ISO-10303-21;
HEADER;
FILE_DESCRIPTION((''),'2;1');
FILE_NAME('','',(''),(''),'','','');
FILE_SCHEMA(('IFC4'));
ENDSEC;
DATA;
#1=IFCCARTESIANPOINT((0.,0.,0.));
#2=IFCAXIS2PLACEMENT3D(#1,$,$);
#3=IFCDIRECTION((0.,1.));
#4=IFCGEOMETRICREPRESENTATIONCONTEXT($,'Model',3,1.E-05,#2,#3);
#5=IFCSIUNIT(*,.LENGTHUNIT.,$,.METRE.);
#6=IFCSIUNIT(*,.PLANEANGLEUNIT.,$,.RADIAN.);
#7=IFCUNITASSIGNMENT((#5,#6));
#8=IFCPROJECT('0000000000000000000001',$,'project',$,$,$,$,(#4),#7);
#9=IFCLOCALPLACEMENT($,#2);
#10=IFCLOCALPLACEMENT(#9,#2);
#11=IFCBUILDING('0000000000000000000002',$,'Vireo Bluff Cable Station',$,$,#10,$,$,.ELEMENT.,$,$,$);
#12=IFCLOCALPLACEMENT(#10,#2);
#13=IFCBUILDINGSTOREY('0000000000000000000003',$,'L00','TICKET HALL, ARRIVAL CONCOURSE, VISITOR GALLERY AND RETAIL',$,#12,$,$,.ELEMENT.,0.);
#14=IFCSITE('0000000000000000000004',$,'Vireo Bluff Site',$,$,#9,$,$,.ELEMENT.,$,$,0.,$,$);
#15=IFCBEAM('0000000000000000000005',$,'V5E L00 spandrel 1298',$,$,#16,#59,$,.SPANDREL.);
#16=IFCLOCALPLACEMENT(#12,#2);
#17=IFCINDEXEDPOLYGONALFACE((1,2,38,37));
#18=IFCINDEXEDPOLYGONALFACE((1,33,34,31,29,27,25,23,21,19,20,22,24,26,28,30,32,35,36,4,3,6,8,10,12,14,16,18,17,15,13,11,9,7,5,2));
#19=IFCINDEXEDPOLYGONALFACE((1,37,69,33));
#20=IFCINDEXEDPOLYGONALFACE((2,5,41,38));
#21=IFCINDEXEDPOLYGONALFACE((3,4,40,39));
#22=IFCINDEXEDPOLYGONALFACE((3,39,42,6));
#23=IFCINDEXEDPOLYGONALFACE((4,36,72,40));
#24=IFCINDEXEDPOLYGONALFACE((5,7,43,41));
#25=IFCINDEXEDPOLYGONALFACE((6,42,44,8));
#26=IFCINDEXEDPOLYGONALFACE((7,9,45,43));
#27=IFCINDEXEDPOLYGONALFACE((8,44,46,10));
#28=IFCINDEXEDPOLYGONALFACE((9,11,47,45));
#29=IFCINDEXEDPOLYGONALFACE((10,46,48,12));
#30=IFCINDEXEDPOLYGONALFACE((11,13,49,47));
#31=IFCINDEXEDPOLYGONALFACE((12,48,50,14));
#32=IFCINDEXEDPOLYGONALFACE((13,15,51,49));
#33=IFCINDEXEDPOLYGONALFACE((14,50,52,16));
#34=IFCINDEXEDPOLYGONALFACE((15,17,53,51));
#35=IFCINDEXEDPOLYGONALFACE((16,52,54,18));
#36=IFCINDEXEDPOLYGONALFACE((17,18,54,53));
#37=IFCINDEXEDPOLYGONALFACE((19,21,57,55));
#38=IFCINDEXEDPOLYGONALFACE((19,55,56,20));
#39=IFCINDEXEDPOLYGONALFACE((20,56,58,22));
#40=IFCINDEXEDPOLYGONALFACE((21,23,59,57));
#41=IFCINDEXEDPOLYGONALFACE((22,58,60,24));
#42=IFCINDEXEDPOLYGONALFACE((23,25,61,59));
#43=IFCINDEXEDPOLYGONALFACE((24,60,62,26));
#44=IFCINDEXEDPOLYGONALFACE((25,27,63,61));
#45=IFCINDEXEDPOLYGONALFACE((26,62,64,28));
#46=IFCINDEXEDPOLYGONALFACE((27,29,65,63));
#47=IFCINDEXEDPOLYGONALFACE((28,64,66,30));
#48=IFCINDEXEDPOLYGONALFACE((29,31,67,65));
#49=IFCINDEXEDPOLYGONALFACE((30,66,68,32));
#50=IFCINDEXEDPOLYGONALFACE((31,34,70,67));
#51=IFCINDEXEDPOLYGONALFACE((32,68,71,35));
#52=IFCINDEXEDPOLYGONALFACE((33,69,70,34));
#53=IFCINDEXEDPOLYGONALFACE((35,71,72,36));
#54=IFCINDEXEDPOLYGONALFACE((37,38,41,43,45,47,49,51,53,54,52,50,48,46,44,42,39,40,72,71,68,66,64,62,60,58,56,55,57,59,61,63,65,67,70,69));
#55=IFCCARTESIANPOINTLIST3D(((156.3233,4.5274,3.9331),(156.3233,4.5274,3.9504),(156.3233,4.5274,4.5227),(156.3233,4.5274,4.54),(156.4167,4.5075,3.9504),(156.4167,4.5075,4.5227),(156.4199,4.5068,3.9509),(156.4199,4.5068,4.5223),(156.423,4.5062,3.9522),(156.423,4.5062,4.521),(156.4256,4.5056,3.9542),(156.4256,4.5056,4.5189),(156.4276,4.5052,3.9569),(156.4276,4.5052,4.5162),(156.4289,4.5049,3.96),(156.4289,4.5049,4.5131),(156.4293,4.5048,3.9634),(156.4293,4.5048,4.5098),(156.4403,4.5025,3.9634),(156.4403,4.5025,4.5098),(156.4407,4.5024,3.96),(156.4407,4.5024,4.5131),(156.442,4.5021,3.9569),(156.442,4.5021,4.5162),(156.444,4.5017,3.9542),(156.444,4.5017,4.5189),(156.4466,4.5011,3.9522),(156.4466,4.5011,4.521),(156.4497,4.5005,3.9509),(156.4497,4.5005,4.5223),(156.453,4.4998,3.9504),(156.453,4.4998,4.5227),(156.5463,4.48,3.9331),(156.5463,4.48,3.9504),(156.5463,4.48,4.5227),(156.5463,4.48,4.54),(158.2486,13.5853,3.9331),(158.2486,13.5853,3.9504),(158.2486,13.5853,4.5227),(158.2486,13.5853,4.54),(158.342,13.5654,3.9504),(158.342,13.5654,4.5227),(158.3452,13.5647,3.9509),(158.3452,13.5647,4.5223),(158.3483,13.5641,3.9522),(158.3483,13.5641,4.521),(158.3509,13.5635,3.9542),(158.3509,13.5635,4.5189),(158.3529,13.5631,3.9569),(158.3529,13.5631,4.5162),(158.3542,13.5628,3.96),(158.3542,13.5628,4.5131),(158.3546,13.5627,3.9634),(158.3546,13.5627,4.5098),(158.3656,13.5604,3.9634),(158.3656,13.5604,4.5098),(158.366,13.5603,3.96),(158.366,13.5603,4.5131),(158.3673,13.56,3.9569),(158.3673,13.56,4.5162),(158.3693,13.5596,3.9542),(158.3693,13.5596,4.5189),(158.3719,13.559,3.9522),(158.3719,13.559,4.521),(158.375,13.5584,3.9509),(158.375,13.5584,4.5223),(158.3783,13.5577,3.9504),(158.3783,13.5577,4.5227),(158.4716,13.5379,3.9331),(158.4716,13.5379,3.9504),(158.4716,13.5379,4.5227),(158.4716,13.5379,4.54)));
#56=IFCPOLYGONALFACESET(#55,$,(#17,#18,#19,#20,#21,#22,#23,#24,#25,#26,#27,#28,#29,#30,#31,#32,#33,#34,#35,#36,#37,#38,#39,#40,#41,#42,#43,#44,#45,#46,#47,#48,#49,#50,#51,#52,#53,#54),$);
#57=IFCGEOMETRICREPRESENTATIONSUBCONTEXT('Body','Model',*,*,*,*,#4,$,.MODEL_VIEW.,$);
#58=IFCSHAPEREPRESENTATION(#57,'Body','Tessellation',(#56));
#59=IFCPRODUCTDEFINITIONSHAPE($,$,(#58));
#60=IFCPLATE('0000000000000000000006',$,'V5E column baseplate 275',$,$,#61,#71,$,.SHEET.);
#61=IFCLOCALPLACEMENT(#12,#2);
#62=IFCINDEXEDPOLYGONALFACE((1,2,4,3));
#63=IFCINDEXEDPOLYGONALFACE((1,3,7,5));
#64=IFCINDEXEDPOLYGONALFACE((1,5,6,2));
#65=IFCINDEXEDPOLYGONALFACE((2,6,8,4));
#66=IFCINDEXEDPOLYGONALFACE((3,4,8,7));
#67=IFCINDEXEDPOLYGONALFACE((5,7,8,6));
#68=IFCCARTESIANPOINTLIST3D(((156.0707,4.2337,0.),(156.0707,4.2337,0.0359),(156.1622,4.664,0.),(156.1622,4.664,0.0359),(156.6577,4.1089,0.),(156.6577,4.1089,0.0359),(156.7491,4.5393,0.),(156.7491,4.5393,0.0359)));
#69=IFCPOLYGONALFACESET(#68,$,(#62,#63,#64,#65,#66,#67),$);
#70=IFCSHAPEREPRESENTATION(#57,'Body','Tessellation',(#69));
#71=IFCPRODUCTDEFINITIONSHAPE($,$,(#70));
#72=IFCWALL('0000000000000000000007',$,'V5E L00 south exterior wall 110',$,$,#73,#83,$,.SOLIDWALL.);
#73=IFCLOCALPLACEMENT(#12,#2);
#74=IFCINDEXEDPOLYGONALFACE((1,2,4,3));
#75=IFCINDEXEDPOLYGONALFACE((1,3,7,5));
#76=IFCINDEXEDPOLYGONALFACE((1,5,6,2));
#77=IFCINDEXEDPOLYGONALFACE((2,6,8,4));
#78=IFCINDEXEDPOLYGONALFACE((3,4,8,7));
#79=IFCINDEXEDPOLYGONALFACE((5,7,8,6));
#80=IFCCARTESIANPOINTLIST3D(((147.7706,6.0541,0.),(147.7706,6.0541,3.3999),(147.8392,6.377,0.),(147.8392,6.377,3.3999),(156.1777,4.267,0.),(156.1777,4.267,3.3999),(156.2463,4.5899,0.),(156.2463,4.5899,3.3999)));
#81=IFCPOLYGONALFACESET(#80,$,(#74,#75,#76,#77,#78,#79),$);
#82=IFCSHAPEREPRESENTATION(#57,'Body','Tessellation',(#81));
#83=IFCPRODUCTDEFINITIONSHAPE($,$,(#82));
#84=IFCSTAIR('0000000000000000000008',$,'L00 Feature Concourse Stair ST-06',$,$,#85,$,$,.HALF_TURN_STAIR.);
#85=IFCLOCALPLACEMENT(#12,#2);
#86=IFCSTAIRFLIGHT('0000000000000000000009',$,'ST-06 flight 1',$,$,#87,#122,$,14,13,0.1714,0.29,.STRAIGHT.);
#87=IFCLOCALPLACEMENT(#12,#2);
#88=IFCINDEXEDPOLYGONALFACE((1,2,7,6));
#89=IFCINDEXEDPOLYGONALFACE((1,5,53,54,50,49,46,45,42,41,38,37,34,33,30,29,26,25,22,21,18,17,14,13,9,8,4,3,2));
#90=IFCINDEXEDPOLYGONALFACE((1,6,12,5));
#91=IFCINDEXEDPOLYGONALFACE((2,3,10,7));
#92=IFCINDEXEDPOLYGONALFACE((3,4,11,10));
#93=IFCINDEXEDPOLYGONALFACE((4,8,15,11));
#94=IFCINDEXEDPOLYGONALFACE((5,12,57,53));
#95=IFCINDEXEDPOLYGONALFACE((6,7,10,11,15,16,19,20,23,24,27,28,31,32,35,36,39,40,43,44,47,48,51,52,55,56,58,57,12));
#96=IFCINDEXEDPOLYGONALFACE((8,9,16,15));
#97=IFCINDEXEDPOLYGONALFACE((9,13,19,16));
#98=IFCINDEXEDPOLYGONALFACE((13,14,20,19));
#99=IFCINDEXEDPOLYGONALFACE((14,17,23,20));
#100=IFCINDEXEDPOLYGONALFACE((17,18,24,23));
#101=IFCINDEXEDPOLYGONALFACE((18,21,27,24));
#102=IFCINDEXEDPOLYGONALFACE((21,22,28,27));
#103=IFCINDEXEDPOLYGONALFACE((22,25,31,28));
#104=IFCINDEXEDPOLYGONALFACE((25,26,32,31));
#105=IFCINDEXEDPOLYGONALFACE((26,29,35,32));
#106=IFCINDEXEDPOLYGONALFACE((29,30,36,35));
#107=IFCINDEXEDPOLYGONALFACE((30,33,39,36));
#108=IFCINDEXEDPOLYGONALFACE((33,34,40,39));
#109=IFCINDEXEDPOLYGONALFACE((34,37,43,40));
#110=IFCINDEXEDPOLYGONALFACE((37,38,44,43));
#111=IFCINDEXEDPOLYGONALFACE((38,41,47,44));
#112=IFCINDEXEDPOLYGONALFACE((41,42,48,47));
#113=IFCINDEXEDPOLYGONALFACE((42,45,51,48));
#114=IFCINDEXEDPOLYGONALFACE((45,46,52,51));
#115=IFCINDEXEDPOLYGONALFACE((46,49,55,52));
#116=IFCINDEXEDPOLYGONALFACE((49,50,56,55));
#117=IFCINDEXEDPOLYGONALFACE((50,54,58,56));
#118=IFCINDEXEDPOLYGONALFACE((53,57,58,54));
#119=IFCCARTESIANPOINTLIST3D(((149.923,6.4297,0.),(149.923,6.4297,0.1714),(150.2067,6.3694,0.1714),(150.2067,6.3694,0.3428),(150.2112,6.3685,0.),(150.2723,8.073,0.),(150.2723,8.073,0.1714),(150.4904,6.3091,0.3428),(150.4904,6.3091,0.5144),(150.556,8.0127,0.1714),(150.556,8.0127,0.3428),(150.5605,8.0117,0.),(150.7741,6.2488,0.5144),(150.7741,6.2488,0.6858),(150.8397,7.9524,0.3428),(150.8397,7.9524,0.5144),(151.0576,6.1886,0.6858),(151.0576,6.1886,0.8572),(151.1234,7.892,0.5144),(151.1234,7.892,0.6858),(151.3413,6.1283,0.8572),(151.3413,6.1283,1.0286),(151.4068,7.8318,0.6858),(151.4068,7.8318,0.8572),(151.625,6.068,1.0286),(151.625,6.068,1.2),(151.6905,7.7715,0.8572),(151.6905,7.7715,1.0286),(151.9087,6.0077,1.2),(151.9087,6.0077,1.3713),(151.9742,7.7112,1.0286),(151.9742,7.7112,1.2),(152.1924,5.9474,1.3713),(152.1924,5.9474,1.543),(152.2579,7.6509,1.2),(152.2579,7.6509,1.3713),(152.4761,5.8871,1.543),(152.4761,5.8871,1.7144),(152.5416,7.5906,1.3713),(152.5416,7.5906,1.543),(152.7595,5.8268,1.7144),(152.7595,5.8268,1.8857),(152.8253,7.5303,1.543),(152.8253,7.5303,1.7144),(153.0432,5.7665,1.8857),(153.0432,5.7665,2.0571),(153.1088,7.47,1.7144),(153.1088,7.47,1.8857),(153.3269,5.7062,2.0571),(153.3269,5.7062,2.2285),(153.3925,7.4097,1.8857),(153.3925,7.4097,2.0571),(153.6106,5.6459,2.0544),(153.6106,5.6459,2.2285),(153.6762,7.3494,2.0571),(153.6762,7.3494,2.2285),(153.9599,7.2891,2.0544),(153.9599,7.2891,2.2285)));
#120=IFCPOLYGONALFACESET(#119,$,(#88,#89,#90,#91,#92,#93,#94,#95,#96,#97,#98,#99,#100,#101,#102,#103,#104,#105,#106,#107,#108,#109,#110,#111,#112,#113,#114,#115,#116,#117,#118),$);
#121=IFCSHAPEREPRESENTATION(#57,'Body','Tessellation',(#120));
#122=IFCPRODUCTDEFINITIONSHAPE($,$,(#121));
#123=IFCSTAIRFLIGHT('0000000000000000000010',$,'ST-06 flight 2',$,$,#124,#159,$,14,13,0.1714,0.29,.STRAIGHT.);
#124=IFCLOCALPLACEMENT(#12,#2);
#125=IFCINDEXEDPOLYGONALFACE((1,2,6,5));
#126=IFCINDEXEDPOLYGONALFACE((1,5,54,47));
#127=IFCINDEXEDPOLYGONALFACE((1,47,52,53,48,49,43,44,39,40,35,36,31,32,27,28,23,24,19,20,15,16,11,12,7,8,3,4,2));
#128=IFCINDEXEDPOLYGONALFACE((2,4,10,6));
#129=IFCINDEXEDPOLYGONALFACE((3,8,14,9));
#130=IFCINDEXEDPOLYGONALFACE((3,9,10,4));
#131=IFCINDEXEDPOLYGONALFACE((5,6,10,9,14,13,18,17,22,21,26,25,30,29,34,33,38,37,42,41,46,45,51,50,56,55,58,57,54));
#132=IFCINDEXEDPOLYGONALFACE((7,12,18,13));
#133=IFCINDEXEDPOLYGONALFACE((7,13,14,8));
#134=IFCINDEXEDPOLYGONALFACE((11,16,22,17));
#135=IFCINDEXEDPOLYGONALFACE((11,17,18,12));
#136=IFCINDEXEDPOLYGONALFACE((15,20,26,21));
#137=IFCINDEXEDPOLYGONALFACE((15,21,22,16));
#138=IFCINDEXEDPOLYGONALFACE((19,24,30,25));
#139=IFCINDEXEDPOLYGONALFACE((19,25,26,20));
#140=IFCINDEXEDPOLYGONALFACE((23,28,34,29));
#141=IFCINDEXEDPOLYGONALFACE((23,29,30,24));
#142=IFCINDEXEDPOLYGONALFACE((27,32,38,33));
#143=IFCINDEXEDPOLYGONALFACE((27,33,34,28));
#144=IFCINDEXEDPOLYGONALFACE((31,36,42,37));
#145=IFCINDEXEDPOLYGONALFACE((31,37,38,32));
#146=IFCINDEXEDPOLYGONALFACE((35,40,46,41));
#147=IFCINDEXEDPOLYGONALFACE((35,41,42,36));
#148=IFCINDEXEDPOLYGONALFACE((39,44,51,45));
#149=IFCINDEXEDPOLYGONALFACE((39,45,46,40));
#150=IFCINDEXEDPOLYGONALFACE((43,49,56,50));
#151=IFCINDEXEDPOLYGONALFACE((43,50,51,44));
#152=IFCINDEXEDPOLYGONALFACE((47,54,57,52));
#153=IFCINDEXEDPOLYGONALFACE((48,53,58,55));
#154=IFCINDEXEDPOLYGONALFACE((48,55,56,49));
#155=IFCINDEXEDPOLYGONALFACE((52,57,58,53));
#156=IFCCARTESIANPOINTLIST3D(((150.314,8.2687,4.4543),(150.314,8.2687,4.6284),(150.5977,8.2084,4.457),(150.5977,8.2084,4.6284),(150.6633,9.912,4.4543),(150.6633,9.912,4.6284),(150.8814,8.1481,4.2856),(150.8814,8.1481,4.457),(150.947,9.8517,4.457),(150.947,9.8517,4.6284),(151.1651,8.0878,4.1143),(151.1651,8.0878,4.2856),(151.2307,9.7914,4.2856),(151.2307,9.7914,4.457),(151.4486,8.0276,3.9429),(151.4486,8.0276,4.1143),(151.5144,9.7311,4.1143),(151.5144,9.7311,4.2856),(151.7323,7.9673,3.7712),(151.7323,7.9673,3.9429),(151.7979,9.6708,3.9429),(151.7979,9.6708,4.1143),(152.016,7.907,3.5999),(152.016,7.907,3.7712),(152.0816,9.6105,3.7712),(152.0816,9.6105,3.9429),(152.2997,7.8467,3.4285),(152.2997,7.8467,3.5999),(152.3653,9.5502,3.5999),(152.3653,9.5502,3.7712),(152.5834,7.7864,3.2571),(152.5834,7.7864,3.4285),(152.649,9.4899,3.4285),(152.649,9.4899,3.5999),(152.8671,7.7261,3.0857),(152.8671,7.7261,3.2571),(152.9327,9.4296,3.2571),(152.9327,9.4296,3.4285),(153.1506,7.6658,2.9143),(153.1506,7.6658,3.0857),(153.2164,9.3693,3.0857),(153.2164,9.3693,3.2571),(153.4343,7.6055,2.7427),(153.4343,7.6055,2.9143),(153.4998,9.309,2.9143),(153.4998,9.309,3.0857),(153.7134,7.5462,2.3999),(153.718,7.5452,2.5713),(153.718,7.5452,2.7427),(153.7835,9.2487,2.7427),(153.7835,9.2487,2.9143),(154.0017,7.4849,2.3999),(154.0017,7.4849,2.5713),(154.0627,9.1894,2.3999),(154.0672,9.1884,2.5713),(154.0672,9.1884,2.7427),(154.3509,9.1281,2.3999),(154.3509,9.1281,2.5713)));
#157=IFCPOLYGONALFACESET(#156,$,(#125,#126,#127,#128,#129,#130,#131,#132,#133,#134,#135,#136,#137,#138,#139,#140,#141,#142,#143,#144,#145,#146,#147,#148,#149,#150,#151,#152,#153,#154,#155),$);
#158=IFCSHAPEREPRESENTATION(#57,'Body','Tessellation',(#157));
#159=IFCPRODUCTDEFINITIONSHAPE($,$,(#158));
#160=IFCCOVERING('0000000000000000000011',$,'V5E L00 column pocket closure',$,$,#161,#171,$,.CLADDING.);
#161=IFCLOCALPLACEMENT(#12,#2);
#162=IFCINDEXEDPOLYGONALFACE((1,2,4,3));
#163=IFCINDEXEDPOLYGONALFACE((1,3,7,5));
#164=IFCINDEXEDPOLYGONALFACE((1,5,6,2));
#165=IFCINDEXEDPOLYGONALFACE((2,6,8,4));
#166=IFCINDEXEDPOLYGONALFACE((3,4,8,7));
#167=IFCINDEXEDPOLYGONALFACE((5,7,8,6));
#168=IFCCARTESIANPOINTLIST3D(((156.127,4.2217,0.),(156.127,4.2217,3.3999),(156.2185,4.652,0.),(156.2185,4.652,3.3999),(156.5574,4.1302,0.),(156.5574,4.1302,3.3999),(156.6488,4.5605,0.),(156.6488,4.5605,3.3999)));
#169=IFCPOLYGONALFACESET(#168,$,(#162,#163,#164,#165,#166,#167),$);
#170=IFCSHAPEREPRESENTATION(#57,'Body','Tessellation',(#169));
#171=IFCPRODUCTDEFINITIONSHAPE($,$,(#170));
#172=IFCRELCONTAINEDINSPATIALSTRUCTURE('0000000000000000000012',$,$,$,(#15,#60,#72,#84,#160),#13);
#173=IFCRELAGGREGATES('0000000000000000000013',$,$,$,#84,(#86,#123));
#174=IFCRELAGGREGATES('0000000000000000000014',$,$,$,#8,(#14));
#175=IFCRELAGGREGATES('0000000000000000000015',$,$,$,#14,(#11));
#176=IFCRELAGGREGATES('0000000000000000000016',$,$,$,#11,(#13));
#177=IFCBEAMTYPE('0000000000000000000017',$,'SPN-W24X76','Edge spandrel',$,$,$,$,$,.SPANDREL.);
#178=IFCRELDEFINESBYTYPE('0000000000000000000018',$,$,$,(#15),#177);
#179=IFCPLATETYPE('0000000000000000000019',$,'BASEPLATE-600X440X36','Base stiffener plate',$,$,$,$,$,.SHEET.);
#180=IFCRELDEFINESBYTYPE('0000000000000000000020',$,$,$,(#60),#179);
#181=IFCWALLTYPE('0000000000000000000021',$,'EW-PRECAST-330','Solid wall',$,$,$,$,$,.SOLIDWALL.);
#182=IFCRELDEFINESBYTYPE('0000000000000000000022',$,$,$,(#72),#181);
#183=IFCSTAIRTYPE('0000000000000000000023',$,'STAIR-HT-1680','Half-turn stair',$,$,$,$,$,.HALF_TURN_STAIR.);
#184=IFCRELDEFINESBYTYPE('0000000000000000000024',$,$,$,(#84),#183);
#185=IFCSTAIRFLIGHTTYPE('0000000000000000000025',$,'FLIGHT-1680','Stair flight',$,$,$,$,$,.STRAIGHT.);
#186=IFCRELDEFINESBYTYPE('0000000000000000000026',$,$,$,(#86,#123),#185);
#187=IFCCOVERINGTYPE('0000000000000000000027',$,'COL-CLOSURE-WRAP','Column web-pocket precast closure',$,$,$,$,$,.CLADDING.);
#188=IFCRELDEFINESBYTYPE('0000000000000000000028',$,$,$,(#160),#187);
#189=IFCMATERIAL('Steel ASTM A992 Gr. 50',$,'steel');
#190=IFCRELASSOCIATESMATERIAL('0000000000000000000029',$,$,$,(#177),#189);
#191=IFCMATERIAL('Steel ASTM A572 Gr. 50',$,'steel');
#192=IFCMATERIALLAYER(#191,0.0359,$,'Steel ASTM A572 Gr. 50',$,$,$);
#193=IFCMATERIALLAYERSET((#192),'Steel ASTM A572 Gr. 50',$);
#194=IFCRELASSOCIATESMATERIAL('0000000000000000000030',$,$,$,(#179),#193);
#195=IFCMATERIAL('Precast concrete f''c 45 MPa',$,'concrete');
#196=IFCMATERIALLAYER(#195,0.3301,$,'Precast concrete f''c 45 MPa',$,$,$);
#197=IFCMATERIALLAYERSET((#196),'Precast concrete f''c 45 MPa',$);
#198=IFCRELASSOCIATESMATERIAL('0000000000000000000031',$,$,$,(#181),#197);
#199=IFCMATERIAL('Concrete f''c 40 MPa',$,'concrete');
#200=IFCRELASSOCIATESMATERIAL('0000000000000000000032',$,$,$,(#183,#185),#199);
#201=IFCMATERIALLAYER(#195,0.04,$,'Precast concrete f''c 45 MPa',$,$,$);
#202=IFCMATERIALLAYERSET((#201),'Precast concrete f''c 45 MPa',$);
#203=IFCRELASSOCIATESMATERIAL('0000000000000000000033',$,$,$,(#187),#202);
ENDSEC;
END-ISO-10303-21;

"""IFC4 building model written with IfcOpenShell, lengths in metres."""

from ifc_helpers import new_model, si_unit, direction, frame, frame_2d, origin, origin_2d, place, context, subcontext, project, spatial, polyline, rectangle, i_section, outline, extrude, material, layer, layer_set, material_profile, profile_set, type_object, element, aggregate, save


model = new_model("IFC4")

# Units and contexts
model_context = context("Model", 3, precision=1e-05, world=origin(), true_north=direction((0.0, 1.0)))
body_context = subcontext(model_context, "Body", "Model", "MODEL_VIEW")
ifc_project = project(units=[si_unit("LENGTHUNIT", "METRE"), si_unit("PLANEANGLEUNIT", "RADIAN")], contexts=[model_context])

# Site, building, storey
site_placement = place(None, origin())
site = spatial("IfcSite", under=ifc_project, at=site_placement, Name="Vireo Bluff Site", CompositionType="ELEMENT", RefElevation=0.0)
building_placement = place(site_placement, origin())
building = spatial("IfcBuilding", under=site, at=building_placement, Name="Vireo Bluff Cable Station", CompositionType="ELEMENT")
storey_placement = place(building_placement, origin())
storey = spatial("IfcBuildingStorey", under=building, at=storey_placement, Name="L00", Description="TICKET HALL, ARRIVAL CONCOURSE, VISITOR GALLERY AND RETAIL", CompositionType="ELEMENT", Elevation=0.0)

# Shared definitions
ifc_material_1 = material(Name="Concrete f'c 40 MPa", Category="concrete")

# Shared definitions
ifc_material_2 = material(Name="Steel ASTM A992 Gr. 50", Category="steel")

# Beam
ifc_material_profile_1 = material_profile(ifc_material_2, i_section(OverallWidth=0.228, OverallDepth=0.6069, WebThickness=0.0112, FlangeThickness=0.0173, FilletRadius=0.0129, at=origin_2d()), Name="W24X76")
ifc_profile_set_1 = profile_set([ifc_material_profile_1], Name="Steel ASTM A992 Gr. 50")
beam_type_1 = type_object("IfcBeamType", Name="SPN-W24X76", Description="Edge spandrel", PredefinedType="SPANDREL", material=ifc_profile_set_1)
beam_placement = place(storey_placement, frame((156.4348, 4.5037, 4.2366), z_axis=(0.20791, 0.978148, 0.0), x_axis=(-0.978148, 0.20791, 0.0)))
element("IfcBeam", 1, at=beam_placement, inside=storey, type_object=beam_type_1, Name="V5E L00 spandrel 1298", PredefinedType="SPANDREL", context=body_context, shape_type="SweptSolid", body=[
    extrude(i_section(OverallWidth=0.228, OverallDepth=0.6069, WebThickness=0.0112, FlangeThickness=0.0173, FilletRadius=0.0129, at=origin_2d()), origin(), (0.0, 0.0, 1.0), 9.2603),
])

# Plate
ifc_material_3 = material(Name="Steel ASTM A572 Gr. 50", Category="steel")
ifc_layer_1 = layer(ifc_material_3, 0.0359, Name="Steel ASTM A572 Gr. 50")
ifc_layer_set_1 = layer_set([ifc_layer_1], Name="Steel ASTM A572 Gr. 50")
plate_type = type_object("IfcPlateType", Name="BASEPLATE-600X440X36", Description="Base stiffener plate", PredefinedType="SHEET", material=ifc_layer_set_1)
plate_placement = place(storey_placement, frame((156.4099, 4.3865, 0.0), z_axis=(0.0, 0.0, 1.0), x_axis=(0.978148, -0.207912, 0.0)))
element("IfcPlate", 2, at=plate_placement, inside=storey, type_object=plate_type, Name="V5E column baseplate 275", PredefinedType="SHEET", context=body_context, shape_type="SweptSolid", body=[
    extrude(rectangle(XDim=0.6001, YDim=0.4399, at=origin_2d()), origin(), (0.0, 0.0, 1.0), 0.0359),
])

# Wall
ifc_material_4 = material(Name="Precast concrete f'c 45 MPa", Category="concrete")
ifc_layer_2 = layer(ifc_material_4, 0.3301, Name="Precast concrete f'c 45 MPa")
ifc_layer_set_2 = layer_set([ifc_layer_2], Name="Precast concrete f'c 45 MPa")
wall_type = type_object("IfcWallType", Name="EW-PRECAST-330", Description="Solid wall", PredefinedType="SOLIDWALL", material=ifc_layer_set_2)
wall_placement = place(storey_placement, frame((156.2119, 4.4285, 0.0), z_axis=(0.0, 0.0, 1.0), x_axis=(-0.978145, 0.207923, 0.0)))
element("IfcWall", 3, at=wall_placement, inside=storey, type_object=wall_type, Name="V5E L00 south exterior wall 110", PredefinedType="SOLIDWALL", context=body_context, shape_type="SweptSolid", body=[
    extrude(rectangle(XDim=8.595, YDim=0.3301, at=frame_2d((4.2974, 0.0))), origin(), (0.0, 0.0, 1.0), 3.3999),
])

# Stair, stair flights
stair_type = type_object("IfcStairType", Name="STAIR-HT-1680", Description="Half-turn stair", PredefinedType="HALF_TURN_STAIR", material=ifc_material_1)
stair_placement = place(storey_placement, origin())
stair = element("IfcStair", 4, at=stair_placement, inside=storey, type_object=stair_type, Name="L00 Feature Concourse Stair ST-06", PredefinedType="HALF_TURN_STAIR")
stair_flight_type = type_object("IfcStairFlightType", Name="FLIGHT-1680", Description="Stair flight", PredefinedType="STRAIGHT", material=ifc_material_1)
stair_flight_1_placement = place(storey_placement, frame((150.0977, 7.2515, 0.0), z_axis=(0.0, 0.0, 1.0), x_axis=(0.978148, -0.207912, 0.0)))
stair_flight_1 = element("IfcStairFlight", 5, at=stair_flight_1_placement, type_object=stair_flight_type, Name="ST-06 flight 1", NumberOfRisers=14, NumberOfTreads=13, PredefinedType="STRAIGHT", RiserHeight=0.1714, TreadLength=0.29, context=body_context, shape_type="SweptSolid", body=[
    extrude(outline(polyline([(0.0, 0.0), (0.0, 0.1714), (0.29, 0.1714), (0.29, 0.3428), (0.5801, 0.3428), (0.5801, 0.5144), (0.8701, 0.5144), (0.8701, 0.6858), (1.1599, 0.6858), (1.1599, 0.8572), (1.45, 0.8572), (1.45, 1.0286), (1.74, 1.0286), (1.74, 1.2), (2.03, 1.2), (2.03, 1.3713), (2.3201, 1.3713), (2.3201, 1.543), (2.6101, 1.543), (2.6101, 1.7144), (2.8999, 1.7144), (2.8999, 1.8857), (3.1899, 1.8857), (3.1899, 2.0571), (3.48, 2.0571), (3.48, 2.2285), (3.77, 2.2285), (3.77, 2.3999), (3.77, 2.0544), (0.2947, 0.0), (0.0, 0.0)])), frame((0.0, 0.8398, 0.0), z_axis=(0.0, -1.0, 0.0), x_axis=(1.0, 0.0, 0.0)), (0.0, 0.0, 1.0), 1.6799),
])
stair_flight_2_placement = place(storey_placement, frame((154.1763, 8.3064, 2.3999), z_axis=(0.0, 0.0, 1.0), x_axis=(-0.978148, 0.207912, 0.0)))
stair_flight_2 = element("IfcStairFlight", 6, at=stair_flight_2_placement, type_object=stair_flight_type, Name="ST-06 flight 2", NumberOfRisers=14, NumberOfTreads=13, PredefinedType="STRAIGHT", RiserHeight=0.1714, TreadLength=0.29, context=body_context, shape_type="SweptSolid", body=[
    extrude(outline(polyline([(0.0, 0.0), (0.0, 0.1714), (0.29, 0.1714), (0.29, 0.3428), (0.5801, 0.3428), (0.5801, 0.5144), (0.8701, 0.5144), (0.8701, 0.6858), (1.1599, 0.6858), (1.1599, 0.8572), (1.45, 0.8572), (1.45, 1.0286), (1.74, 1.0286), (1.74, 1.2), (2.03, 1.2), (2.03, 1.3713), (2.3201, 1.3713), (2.3201, 1.543), (2.6101, 1.543), (2.6101, 1.7144), (2.8999, 1.7144), (2.8999, 1.8857), (3.1899, 1.8857), (3.1899, 2.0571), (3.48, 2.0571), (3.48, 2.2285), (3.77, 2.2285), (3.77, 2.3999), (3.77, 2.0544), (0.2947, 0.0), (0.0, 0.0)])), frame((0.0, 0.8398, 0.0), z_axis=(0.0, -1.0, 0.0), x_axis=(1.0, 0.0, 0.0)), (0.0, 0.0, 1.0), 1.6799),
])
aggregate(stair, [stair_flight_1, stair_flight_2])

# Covering
ifc_layer_3 = layer(ifc_material_4, 0.04, Name="Precast concrete f'c 45 MPa")
ifc_layer_set_3 = layer_set([ifc_layer_3], Name="Precast concrete f'c 45 MPa")
covering_type = type_object("IfcCoveringType", Name="COL-CLOSURE-WRAP", Description="Column web-pocket precast closure", PredefinedType="CLADDING", material=ifc_layer_set_3)
covering_placement = place(storey_placement, frame((156.3879, 4.3911, 0.0), z_axis=(0.0, 0.0, 1.0), x_axis=(0.978148, -0.207912, 0.0)))
element("IfcCovering", 7, at=covering_placement, inside=storey, type_object=covering_type, Name="V5E L00 column pocket closure", PredefinedType="CLADDING", context=body_context, shape_type="SweptSolid", body=[
    extrude(rectangle(XDim=0.4399, YDim=0.4399, at=origin_2d()), origin(), (0.0, 0.0, 1.0), 3.3999),
])

save(model, "model.ifc")
